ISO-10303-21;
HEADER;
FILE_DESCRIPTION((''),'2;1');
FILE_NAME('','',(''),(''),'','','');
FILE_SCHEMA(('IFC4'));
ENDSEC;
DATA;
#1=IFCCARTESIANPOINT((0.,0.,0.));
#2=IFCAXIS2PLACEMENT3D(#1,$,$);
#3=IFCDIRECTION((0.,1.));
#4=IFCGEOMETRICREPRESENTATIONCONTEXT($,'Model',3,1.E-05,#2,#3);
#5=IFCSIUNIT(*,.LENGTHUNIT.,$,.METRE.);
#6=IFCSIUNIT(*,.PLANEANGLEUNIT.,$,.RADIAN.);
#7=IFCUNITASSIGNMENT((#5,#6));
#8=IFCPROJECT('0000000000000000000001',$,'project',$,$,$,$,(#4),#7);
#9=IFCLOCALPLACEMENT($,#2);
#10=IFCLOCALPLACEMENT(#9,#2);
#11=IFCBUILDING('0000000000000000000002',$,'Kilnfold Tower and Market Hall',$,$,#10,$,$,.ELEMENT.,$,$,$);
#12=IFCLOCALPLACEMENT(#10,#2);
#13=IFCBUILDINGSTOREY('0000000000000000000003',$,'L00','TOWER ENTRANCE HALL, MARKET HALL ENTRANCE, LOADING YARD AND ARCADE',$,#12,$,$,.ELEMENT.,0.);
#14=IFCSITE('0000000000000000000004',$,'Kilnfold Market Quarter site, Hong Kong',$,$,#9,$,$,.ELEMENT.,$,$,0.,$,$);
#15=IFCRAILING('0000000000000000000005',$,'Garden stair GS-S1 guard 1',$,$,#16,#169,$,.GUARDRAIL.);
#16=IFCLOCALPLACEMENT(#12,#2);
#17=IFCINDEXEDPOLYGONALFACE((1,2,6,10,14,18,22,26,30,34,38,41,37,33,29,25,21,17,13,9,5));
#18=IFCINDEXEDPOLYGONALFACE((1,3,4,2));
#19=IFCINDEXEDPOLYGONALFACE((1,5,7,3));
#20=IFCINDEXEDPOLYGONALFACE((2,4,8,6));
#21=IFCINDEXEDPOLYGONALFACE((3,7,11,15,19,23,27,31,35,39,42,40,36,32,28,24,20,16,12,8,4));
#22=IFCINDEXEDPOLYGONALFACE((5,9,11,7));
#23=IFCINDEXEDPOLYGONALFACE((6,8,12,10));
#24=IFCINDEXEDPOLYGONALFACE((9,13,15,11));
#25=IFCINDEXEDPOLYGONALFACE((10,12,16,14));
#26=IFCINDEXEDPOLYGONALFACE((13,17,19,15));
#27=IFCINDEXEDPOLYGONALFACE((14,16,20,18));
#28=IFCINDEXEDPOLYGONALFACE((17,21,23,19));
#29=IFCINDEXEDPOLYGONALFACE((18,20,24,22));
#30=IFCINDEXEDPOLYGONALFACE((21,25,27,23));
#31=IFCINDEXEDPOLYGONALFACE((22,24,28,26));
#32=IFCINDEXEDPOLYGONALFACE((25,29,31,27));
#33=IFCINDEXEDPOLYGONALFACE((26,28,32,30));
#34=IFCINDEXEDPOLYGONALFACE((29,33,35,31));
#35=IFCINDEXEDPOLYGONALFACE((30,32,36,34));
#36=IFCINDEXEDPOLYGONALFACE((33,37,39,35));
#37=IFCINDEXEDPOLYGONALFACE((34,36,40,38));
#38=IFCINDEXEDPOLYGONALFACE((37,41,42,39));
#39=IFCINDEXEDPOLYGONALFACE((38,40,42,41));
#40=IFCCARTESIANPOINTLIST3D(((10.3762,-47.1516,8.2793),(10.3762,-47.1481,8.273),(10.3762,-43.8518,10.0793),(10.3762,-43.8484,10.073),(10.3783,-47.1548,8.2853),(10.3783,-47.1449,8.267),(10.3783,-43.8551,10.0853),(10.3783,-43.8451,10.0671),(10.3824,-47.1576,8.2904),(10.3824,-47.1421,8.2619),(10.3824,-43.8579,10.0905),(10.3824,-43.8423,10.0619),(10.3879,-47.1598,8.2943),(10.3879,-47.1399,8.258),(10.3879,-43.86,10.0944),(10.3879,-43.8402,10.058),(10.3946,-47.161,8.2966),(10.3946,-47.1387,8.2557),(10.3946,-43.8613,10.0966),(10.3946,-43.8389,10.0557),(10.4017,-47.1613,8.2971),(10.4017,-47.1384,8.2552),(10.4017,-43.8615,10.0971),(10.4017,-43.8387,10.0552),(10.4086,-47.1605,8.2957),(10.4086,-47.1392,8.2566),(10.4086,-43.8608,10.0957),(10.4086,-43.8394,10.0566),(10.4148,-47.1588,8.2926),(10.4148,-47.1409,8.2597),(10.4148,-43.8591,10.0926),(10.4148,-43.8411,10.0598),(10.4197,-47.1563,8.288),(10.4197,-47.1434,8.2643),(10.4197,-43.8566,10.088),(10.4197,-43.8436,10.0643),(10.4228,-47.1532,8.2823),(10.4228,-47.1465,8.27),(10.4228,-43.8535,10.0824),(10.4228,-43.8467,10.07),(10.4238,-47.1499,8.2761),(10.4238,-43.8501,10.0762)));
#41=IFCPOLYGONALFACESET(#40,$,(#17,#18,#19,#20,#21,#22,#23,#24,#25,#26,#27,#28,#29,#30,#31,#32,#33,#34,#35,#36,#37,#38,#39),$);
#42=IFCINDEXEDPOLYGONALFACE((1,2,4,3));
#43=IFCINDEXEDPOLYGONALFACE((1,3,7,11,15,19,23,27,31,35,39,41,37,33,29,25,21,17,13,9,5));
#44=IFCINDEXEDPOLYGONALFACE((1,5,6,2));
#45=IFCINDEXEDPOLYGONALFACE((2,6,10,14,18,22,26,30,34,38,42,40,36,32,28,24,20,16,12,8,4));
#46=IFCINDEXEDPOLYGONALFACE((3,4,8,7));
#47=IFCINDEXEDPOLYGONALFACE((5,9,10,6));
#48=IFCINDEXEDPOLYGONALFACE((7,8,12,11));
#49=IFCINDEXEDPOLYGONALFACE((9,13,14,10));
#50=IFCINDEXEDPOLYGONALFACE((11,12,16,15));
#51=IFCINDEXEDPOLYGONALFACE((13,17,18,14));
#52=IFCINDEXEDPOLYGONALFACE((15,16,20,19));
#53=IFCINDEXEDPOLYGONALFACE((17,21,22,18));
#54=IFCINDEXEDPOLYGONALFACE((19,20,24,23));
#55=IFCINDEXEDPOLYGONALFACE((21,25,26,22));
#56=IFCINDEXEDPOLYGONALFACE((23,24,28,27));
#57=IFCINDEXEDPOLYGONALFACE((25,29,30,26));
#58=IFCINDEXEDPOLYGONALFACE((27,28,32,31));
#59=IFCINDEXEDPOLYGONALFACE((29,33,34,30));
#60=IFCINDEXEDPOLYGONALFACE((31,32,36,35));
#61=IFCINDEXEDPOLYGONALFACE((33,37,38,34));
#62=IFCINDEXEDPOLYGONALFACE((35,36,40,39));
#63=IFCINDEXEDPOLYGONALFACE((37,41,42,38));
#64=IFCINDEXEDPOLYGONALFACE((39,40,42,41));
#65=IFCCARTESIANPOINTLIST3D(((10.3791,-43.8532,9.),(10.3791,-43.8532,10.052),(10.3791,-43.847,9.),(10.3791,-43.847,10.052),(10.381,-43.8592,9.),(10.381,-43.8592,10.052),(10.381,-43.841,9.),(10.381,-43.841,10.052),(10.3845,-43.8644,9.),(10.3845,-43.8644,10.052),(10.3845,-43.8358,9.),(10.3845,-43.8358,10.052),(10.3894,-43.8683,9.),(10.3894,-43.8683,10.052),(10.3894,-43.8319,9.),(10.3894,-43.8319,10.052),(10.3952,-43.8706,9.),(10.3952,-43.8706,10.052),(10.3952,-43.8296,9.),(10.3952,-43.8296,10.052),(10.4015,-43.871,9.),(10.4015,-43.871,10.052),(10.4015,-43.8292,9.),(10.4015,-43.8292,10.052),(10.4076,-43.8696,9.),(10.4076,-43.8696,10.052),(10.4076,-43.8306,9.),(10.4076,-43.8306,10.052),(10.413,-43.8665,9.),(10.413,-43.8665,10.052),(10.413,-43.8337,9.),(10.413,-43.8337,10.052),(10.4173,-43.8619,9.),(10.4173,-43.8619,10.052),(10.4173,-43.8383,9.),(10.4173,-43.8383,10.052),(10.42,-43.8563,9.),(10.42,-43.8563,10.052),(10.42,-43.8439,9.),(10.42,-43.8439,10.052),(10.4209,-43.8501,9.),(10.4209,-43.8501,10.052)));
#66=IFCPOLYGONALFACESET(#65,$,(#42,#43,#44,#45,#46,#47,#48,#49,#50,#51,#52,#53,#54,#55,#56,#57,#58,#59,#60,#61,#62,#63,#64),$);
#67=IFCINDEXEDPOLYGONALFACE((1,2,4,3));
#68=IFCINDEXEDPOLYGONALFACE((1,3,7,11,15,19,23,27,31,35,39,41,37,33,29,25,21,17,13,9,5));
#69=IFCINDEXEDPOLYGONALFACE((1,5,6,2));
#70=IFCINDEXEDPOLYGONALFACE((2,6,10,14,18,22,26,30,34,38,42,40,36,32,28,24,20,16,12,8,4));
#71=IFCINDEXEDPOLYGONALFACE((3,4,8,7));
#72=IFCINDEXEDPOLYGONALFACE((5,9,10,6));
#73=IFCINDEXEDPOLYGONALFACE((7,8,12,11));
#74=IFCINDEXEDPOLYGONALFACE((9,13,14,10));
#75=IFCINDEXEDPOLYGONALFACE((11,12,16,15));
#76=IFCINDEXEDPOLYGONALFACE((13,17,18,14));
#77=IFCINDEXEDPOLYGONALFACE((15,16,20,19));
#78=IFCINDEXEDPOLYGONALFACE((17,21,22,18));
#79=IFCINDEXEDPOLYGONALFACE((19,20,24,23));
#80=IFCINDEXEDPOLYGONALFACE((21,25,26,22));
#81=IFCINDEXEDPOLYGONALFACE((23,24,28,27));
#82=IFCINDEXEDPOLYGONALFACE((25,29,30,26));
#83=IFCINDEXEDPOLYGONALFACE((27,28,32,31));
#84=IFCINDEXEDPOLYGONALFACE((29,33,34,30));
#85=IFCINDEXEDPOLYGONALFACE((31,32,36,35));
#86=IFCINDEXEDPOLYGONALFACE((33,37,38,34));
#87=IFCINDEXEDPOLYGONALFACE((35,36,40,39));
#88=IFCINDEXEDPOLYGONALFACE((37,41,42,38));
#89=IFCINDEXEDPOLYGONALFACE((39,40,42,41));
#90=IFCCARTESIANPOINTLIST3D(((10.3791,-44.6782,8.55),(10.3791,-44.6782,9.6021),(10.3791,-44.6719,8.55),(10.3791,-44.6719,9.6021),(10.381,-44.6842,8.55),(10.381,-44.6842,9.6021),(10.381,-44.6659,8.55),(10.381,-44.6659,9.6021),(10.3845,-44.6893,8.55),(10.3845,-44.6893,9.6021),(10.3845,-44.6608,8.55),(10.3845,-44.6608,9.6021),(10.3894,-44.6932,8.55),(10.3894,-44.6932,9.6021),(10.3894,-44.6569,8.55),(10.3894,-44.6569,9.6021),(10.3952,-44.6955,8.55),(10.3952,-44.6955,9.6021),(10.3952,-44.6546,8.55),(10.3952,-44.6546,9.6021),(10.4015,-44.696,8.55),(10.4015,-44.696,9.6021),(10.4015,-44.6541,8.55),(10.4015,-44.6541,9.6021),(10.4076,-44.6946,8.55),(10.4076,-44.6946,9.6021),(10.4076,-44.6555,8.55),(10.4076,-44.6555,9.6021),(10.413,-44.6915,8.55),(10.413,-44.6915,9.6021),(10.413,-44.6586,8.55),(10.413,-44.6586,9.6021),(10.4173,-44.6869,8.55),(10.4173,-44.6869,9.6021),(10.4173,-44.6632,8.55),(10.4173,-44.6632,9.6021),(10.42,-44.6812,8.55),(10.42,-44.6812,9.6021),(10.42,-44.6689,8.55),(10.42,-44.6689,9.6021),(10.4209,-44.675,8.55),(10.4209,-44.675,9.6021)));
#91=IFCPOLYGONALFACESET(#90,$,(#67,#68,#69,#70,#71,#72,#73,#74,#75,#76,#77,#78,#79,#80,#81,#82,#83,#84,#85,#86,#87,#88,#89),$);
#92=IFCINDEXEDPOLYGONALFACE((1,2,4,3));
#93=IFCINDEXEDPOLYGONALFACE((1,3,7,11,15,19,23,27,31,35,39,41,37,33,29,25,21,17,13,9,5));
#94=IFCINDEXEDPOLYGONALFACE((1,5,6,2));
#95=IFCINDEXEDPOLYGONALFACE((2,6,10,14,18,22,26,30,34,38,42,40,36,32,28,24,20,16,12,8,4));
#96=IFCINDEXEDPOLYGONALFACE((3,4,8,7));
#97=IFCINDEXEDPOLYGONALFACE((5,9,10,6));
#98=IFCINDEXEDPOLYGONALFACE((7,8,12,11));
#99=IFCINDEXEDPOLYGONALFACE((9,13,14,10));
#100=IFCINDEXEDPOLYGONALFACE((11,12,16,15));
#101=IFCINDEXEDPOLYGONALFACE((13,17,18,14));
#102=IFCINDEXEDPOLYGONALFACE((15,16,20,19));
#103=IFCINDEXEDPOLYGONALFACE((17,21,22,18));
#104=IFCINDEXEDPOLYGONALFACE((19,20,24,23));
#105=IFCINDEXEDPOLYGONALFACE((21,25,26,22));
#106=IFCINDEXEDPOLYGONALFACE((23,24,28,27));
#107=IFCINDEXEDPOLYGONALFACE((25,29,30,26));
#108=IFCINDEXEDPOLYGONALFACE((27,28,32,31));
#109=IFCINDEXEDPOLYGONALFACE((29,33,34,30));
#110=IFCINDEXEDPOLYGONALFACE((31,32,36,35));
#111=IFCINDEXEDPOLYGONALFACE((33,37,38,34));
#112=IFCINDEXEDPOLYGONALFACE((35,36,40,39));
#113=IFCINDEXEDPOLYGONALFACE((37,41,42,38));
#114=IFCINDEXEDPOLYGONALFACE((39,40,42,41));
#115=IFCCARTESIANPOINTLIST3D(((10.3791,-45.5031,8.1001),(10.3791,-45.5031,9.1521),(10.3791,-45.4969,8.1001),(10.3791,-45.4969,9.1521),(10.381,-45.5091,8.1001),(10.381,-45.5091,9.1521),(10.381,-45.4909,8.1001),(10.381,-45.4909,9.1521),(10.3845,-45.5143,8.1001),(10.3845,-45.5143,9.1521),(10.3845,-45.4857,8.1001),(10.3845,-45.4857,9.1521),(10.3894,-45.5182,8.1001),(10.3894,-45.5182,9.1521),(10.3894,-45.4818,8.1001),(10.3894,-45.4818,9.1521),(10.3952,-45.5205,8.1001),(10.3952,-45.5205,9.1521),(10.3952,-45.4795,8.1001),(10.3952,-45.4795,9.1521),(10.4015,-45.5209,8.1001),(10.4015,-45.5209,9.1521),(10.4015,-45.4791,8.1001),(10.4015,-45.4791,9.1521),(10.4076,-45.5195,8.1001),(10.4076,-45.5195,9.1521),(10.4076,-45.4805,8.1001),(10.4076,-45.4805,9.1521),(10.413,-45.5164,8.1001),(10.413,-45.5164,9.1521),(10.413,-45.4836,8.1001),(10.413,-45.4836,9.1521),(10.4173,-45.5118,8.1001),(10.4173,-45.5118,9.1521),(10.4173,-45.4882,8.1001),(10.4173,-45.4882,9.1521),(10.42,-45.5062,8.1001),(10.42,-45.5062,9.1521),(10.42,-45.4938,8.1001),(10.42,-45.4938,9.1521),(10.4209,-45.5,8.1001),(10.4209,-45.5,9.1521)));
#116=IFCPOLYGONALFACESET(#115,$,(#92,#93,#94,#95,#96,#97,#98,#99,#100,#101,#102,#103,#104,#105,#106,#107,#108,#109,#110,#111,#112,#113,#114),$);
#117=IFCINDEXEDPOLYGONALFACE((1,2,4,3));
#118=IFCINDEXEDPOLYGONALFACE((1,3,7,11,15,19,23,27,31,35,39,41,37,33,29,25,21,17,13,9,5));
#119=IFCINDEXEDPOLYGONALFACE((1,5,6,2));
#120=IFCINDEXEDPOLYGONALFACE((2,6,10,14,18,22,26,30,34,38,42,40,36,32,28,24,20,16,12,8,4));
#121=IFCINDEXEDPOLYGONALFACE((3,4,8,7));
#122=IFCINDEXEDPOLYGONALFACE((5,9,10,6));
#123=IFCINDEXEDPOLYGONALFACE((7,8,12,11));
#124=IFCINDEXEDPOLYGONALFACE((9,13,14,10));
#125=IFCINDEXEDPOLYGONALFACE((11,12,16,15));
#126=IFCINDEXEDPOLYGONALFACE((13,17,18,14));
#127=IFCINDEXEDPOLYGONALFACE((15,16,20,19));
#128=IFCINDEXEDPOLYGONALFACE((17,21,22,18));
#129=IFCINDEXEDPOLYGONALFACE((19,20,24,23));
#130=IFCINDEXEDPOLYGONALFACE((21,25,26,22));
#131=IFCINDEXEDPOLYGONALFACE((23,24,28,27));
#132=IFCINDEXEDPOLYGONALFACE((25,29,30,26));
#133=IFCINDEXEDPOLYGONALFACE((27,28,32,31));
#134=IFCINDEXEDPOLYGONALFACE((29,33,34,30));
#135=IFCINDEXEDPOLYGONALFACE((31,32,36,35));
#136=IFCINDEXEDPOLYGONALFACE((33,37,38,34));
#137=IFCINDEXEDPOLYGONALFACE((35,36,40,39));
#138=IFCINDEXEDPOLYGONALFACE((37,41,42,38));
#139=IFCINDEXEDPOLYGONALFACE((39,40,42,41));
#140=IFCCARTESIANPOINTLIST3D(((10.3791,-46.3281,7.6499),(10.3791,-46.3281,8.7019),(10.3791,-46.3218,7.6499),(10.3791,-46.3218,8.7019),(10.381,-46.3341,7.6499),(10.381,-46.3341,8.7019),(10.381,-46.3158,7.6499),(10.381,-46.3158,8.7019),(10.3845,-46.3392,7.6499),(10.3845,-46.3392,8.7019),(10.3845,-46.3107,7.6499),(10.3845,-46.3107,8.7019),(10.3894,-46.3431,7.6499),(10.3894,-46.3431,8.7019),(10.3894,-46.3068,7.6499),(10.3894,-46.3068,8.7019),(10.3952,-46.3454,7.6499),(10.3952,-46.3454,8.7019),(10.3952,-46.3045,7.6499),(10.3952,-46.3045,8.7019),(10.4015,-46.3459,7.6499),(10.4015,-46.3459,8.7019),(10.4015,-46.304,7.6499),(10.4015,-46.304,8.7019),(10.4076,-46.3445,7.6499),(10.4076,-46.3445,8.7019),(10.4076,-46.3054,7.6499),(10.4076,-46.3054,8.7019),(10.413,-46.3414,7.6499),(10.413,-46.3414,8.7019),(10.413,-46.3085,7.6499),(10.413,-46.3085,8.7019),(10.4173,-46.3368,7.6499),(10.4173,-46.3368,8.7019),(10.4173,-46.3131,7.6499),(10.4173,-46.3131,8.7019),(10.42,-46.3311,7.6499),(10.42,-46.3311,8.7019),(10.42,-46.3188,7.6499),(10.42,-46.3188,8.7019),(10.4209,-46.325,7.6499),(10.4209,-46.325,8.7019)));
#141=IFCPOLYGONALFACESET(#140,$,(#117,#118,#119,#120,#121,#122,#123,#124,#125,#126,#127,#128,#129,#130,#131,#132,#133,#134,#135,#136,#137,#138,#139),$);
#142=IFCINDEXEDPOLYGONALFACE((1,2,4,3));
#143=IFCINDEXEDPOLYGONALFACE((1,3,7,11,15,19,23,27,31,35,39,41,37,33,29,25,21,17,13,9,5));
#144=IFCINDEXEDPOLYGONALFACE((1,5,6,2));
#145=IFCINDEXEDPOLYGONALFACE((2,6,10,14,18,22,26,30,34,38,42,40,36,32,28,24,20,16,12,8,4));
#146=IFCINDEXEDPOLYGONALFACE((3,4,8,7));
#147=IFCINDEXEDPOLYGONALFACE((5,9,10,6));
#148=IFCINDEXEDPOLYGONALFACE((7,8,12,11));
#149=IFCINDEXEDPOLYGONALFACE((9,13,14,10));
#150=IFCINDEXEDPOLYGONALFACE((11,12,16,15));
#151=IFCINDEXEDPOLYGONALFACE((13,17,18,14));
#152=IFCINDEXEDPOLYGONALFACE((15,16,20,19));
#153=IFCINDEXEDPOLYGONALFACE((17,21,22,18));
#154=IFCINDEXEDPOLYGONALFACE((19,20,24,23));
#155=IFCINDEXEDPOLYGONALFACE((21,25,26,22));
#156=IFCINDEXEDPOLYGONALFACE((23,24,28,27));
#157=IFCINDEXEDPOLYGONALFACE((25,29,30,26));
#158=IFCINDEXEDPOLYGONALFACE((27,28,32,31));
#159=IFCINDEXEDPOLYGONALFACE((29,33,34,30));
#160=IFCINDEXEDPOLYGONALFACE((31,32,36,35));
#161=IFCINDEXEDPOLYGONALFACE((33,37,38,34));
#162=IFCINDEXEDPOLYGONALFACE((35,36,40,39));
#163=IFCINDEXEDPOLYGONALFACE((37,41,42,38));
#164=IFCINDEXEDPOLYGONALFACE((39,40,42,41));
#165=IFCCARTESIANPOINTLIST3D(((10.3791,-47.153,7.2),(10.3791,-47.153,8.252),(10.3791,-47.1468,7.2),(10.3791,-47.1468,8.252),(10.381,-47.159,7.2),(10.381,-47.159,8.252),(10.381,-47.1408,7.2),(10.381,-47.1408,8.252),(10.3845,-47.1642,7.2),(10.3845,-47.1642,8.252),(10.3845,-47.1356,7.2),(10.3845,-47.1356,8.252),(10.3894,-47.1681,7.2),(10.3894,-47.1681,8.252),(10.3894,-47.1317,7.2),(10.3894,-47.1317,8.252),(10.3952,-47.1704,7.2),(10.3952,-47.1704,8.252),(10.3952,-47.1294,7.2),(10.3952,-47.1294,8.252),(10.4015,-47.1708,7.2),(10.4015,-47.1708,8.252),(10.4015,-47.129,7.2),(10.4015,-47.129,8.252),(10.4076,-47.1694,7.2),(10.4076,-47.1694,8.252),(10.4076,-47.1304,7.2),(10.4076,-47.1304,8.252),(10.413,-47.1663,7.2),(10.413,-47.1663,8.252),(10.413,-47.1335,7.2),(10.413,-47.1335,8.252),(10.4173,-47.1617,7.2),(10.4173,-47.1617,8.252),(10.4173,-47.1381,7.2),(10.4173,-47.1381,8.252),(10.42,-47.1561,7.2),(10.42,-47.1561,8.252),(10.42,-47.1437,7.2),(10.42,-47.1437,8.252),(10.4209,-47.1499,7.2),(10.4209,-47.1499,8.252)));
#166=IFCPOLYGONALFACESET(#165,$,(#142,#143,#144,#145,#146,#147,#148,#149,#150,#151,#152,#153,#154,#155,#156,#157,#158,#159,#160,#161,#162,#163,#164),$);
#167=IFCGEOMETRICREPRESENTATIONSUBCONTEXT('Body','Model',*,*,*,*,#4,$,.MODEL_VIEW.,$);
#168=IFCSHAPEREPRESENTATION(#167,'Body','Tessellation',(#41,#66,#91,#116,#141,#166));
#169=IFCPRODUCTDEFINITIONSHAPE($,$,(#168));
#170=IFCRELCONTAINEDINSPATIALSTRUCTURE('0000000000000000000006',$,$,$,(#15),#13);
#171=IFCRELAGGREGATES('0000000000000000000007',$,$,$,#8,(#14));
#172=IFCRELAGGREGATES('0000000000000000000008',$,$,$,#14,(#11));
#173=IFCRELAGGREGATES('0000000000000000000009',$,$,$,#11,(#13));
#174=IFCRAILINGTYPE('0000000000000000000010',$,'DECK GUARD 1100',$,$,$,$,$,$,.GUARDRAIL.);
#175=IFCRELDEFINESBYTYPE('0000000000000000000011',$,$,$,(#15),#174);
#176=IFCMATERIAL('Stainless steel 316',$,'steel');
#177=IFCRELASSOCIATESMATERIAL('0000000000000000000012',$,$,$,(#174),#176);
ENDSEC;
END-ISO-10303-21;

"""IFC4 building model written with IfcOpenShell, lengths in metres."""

from ifc_helpers import new_model, si_unit, direction, frame, origin, origin_2d, place, context, subcontext, project, spatial, circle, extrude, material, type_object, element, save


model = new_model("IFC4")

# Units and contexts
model_context = context("Model", 3, precision=1e-05, world=origin(), true_north=direction((0.0, 1.0)))
body_context = subcontext(model_context, "Body", "Model", "MODEL_VIEW")
ifc_project = project(units=[si_unit("LENGTHUNIT", "METRE"), si_unit("PLANEANGLEUNIT", "RADIAN")], contexts=[model_context])

# Site, building, storey
site_placement = place(None, origin())
site = spatial("IfcSite", under=ifc_project, at=site_placement, Name="Kilnfold Market Quarter site, Hong Kong", CompositionType="ELEMENT", RefElevation=0.0)
building_placement = place(site_placement, origin())
building = spatial("IfcBuilding", under=site, at=building_placement, Name="Kilnfold Tower and Market Hall", CompositionType="ELEMENT")
storey_placement = place(building_placement, origin())
storey = spatial("IfcBuildingStorey", under=building, at=storey_placement, Name="L00", Description="TOWER ENTRANCE HALL, MARKET HALL ENTRANCE, LOADING YARD AND ARCADE", CompositionType="ELEMENT", Elevation=0.0)

# Railing
ifc_material_1 = material(Name="Stainless steel 316", Category="steel")
railing_type_1 = type_object("IfcRailingType", Name="DECK GUARD 1100", PredefinedType="GUARDRAIL", material=ifc_material_1)
railing_1_placement = place(storey_placement, frame((10.3999, -43.8501, 9.0)))
element("IfcRailing", 1, at=railing_1_placement, inside=storey, type_object=railing_type_1, Name="Garden stair GS-S1 guard 1", PredefinedType="GUARDRAIL", context=body_context, shape_type="SweptSolid", body=[
    extrude(circle(Radius=0.0239, at=origin_2d()), frame((0.0, 0.0, 1.0762), z_axis=(0.0, -0.877878, -0.478884), x_axis=(1.0, 0.0, 0.0)), (0.0, 0.0, 1.0), 3.7588),
    extrude(circle(Radius=0.021, at=origin_2d()), origin(), (0.0, 0.0, 1.0), 1.052),
    extrude(circle(Radius=0.021, at=origin_2d()), frame((0.0, -0.825, -0.45)), (0.0, 0.0, 1.0), 1.052),
    extrude(circle(Radius=0.021, at=origin_2d()), frame((0.0, -1.6499, -0.8999)), (0.0, 0.0, 1.0), 1.052),
    extrude(circle(Radius=0.021, at=origin_2d()), frame((0.0, -2.4749, -1.3501)), (0.0, 0.0, 1.0), 1.052),
    extrude(circle(Radius=0.021, at=origin_2d()), frame((0.0, -3.2998, -1.8)), (0.0, 0.0, 1.0), 1.052),
])

save(model, "model.ifc")
